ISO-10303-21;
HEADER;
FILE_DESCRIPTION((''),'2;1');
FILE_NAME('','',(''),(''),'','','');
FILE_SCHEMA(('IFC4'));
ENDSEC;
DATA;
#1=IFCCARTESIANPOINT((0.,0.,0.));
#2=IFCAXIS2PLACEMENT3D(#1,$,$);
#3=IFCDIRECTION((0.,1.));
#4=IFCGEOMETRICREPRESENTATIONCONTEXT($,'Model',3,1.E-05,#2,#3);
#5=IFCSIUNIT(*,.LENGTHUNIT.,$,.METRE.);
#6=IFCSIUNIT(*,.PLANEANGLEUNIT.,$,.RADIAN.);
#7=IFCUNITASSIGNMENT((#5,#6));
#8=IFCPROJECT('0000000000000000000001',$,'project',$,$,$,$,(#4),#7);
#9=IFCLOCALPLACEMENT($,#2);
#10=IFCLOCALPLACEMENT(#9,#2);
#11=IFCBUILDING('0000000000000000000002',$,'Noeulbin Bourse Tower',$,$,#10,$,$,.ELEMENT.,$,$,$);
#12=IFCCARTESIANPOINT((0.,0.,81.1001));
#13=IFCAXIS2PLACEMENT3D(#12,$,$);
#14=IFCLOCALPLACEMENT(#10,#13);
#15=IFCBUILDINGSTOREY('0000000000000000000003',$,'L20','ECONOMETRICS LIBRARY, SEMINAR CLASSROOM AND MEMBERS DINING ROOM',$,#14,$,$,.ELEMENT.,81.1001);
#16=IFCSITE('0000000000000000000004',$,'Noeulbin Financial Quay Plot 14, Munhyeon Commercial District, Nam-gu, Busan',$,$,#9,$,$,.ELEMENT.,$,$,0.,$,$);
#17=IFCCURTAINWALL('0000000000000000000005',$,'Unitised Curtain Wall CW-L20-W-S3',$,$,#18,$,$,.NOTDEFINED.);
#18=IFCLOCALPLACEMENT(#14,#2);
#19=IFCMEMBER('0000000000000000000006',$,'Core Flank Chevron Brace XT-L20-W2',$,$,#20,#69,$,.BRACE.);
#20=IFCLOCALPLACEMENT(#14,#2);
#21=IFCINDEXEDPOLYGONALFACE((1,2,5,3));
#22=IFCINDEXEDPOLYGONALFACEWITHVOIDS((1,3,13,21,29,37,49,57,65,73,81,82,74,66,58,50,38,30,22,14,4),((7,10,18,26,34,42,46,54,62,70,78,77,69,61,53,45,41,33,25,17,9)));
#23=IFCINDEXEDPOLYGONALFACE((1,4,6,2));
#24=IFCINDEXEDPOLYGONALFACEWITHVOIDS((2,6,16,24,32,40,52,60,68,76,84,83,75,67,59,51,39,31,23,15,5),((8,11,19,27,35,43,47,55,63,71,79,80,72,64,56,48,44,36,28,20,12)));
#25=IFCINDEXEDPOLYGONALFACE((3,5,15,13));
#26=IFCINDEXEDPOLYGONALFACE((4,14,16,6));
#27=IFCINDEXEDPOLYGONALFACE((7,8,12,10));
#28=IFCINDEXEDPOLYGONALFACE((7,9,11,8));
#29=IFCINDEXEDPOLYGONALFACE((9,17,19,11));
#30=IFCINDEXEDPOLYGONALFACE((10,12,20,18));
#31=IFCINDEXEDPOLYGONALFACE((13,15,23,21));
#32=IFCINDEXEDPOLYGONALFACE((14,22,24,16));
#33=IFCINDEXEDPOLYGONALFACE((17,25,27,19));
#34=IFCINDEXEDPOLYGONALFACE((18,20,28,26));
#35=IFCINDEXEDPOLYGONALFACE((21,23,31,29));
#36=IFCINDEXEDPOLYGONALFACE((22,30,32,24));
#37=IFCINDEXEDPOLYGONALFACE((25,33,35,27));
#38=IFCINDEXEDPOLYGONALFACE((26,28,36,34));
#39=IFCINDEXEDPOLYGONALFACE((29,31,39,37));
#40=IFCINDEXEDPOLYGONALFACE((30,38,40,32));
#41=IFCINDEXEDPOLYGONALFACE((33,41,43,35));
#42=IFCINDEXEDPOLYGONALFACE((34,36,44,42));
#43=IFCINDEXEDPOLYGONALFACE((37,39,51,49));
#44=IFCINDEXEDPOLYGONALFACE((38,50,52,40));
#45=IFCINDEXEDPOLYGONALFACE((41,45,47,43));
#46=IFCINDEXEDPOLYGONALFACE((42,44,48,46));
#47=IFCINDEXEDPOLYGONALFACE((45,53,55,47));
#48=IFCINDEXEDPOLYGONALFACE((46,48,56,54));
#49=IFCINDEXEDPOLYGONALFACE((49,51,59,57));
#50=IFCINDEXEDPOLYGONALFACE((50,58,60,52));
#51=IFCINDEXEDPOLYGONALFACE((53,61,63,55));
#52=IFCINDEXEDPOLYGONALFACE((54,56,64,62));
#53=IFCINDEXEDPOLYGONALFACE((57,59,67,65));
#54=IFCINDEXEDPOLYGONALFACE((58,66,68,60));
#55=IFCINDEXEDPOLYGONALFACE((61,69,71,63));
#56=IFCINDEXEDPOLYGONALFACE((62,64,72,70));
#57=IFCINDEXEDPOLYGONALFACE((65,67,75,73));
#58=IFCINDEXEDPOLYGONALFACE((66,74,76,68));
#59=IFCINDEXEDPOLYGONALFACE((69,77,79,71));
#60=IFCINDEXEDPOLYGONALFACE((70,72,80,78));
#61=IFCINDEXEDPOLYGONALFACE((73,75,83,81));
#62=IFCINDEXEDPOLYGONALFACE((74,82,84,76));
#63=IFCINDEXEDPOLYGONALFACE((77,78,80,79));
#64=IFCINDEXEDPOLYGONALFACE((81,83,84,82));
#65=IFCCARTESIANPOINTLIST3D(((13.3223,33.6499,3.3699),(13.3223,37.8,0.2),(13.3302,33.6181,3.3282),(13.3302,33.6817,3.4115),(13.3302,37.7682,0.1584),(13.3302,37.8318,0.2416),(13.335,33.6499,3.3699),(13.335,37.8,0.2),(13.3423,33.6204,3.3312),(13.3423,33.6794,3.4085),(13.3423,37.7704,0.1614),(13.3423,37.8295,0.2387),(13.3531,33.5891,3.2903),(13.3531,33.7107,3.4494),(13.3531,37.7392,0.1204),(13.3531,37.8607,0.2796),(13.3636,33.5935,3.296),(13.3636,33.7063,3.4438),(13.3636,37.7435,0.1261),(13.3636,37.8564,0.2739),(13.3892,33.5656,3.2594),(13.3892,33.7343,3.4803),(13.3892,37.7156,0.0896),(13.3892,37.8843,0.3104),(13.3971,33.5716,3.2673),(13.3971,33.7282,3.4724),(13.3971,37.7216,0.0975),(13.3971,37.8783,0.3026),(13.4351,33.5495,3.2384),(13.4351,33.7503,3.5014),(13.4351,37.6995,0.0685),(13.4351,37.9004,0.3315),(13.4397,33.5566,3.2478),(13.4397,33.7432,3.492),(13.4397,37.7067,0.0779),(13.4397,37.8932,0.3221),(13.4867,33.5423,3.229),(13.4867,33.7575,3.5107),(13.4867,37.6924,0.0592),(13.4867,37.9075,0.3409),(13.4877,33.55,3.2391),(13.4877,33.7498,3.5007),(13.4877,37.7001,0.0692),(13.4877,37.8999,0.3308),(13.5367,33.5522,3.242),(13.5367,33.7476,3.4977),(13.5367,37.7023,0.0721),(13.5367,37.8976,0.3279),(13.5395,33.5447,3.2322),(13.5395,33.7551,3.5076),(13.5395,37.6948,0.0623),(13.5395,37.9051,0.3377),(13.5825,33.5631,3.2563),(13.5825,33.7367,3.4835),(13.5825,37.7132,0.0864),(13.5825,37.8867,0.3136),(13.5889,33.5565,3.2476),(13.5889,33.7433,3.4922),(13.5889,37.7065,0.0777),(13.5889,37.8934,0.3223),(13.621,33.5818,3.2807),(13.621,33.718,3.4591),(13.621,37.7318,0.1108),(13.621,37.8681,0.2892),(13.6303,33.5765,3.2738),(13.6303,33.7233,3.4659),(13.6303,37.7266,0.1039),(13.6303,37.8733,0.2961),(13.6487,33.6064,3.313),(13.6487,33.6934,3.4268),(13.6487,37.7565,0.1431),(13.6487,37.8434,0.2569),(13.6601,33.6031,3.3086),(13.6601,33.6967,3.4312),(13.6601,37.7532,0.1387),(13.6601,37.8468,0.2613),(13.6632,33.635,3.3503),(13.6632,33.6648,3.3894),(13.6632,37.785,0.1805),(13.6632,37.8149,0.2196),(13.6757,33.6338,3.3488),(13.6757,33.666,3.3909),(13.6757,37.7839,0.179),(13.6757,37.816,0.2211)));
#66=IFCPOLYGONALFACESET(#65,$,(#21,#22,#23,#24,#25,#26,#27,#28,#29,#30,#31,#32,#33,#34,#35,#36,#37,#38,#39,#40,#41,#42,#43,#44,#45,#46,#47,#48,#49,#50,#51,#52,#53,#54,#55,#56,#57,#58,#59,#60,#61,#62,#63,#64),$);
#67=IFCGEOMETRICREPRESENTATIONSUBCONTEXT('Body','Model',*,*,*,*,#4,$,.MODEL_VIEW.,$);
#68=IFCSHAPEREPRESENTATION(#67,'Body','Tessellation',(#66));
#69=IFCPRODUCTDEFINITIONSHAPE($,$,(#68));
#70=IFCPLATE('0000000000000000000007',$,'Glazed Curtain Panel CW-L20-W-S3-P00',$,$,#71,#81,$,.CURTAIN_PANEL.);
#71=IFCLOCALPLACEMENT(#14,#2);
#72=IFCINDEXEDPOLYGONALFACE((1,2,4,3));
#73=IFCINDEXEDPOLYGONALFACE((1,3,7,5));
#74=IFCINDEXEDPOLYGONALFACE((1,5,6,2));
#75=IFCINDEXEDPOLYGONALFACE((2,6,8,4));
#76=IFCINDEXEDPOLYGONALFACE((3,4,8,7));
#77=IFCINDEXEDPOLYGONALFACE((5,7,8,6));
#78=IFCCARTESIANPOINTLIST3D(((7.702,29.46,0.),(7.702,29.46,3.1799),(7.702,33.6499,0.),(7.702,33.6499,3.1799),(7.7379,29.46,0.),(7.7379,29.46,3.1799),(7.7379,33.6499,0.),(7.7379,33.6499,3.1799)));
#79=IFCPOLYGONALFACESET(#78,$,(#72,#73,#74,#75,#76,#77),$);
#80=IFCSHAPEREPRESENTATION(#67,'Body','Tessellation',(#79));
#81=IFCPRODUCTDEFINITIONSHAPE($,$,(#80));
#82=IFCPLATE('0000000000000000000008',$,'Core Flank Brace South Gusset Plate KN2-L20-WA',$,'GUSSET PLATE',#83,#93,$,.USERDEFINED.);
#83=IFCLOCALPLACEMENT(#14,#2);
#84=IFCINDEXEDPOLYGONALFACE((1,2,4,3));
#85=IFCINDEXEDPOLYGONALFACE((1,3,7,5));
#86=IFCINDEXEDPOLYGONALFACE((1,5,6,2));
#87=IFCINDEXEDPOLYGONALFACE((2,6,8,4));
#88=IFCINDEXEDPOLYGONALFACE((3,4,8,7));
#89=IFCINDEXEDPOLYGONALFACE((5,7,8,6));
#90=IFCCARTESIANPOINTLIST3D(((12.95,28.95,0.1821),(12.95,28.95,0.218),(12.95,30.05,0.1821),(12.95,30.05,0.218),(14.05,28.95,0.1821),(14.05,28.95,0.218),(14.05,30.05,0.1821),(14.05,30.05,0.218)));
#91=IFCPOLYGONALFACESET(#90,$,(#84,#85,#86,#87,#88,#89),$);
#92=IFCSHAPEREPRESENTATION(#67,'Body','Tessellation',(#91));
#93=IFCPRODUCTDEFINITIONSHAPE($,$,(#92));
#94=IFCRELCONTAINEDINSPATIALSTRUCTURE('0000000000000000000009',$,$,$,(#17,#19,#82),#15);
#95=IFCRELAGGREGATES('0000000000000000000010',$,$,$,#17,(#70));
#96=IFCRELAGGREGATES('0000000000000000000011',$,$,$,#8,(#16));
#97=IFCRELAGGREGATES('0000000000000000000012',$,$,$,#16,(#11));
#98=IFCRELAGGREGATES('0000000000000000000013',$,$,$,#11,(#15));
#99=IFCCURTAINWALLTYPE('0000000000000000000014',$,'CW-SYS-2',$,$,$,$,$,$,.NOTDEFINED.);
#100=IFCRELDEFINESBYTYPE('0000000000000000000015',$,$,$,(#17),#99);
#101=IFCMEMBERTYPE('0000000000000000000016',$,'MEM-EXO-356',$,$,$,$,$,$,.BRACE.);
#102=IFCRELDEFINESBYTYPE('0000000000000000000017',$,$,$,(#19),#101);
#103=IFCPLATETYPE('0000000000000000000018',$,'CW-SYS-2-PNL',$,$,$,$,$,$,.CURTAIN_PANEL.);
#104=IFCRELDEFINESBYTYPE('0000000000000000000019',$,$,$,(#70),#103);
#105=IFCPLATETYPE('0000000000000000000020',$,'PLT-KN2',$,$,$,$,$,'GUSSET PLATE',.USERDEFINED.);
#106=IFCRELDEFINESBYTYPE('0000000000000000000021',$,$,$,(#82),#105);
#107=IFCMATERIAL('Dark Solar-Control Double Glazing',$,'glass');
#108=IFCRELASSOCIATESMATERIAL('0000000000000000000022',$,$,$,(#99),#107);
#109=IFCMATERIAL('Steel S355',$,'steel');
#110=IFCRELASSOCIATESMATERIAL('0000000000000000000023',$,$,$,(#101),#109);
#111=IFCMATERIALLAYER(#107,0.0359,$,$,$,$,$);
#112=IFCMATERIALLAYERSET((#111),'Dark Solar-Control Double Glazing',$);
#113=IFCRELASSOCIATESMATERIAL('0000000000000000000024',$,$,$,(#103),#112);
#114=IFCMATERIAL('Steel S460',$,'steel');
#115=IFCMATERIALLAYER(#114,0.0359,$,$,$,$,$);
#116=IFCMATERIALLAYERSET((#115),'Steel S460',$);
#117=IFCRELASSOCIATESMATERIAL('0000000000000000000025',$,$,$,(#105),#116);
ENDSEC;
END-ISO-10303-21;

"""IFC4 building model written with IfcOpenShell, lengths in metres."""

from ifc_helpers import new_model, si_unit, direction, frame, origin, origin_2d, place, context, subcontext, project, spatial, rectangle, hollow_circle, extrude, material, layer, layer_set, material_profile, profile_set, type_object, element, aggregate, save


model = new_model("IFC4")

# Units and contexts
model_context = context("Model", 3, precision=1e-05, world=origin(), true_north=direction((0.0, 1.0)))
body_context = subcontext(model_context, "Body", "Model", "MODEL_VIEW")
ifc_project = project(units=[si_unit("LENGTHUNIT", "METRE"), si_unit("PLANEANGLEUNIT", "RADIAN")], contexts=[model_context])

# Site, building, storey
site_placement = place(None, origin())
site = spatial("IfcSite", under=ifc_project, at=site_placement, Name="Noeulbin Financial Quay Plot 14, Munhyeon Commercial District, Nam-gu, Busan", CompositionType="ELEMENT", RefElevation=0.0)
building_placement = place(site_placement, origin())
building = spatial("IfcBuilding", under=site, at=building_placement, Name="Noeulbin Bourse Tower", CompositionType="ELEMENT")
storey_placement = place(building_placement, frame((0.0, 0.0, 81.1001)))
storey = spatial("IfcBuildingStorey", under=building, at=storey_placement, Name="L20", Description="ECONOMETRICS LIBRARY, SEMINAR CLASSROOM AND MEMBERS DINING ROOM", CompositionType="ELEMENT", Elevation=81.1001)

# Shared definitions
ifc_material_1 = material(Name="Steel S355", Category="steel")
ifc_material_2 = material(Name="Steel S460", Category="steel")

# Curtain wall
ifc_material_3 = material(Name="Dark Solar-Control Double Glazing", Category="glass")
curtain_wall_type = type_object("IfcCurtainWallType", Name="CW-SYS-2", PredefinedType="NOTDEFINED", material=ifc_material_3)
curtain_wall_placement = place(storey_placement, origin())
curtain_wall = element("IfcCurtainWall", 1, at=curtain_wall_placement, inside=storey, type_object=curtain_wall_type, Name="Unitised Curtain Wall CW-L20-W-S3", PredefinedType="NOTDEFINED")

# Member
ifc_material_profile_1 = material_profile(ifc_material_1, hollow_circle(Radius=0.1777, WallThickness=0.0127, at=origin_2d()), Name="CHS-355.6x12.7", Category="LoadBearing")
ifc_profile_set_1 = profile_set([ifc_material_profile_1], Name="Steel S355")
member_type_1 = type_object("IfcMemberType", Name="MEM-EXO-356", PredefinedType="BRACE", material=ifc_profile_set_1)
for number, where, z_axis, x_axis, name in (
    (2, (13.5, 33.6499, 3.3699), (0.0, 0.794701, -0.607001), (-1.0, 0.0, 0.0), "Core Flank Chevron Brace XT-L20-W2"),
):
    element("IfcMember", number, at=place(storey_placement, frame(where, z_axis=z_axis, x_axis=x_axis)), inside=storey, type_object=member_type_1, Name=name, PredefinedType="BRACE", context=body_context, shape_type="SweptSolid", body=[
        extrude(hollow_circle(Radius=0.1777, WallThickness=0.0127, at=origin_2d()), origin(), (0.0, 0.0, 1.0), 5.2222),
    ])

# Plates
ifc_layer_1 = layer(ifc_material_3, 0.0359)
ifc_layer_set_1 = layer_set([ifc_layer_1], Name="Dark Solar-Control Double Glazing")
plate_type_1 = type_object("IfcPlateType", Name="CW-SYS-2-PNL", PredefinedType="CURTAIN_PANEL", material=ifc_layer_set_1)
plate_1_placement = place(storey_placement, frame((7.72, 31.5549, 0.0), z_axis=(0.0, 0.0, 1.0), x_axis=(0.0, 1.0, 0.0)))
plate_1 = element("IfcPlate", 3, at=plate_1_placement, type_object=plate_type_1, Name="Glazed Curtain Panel CW-L20-W-S3-P00", PredefinedType="CURTAIN_PANEL", context=body_context, shape_type="SweptSolid", body=[
    extrude(rectangle(XDim=4.1899, YDim=0.0359, at=origin_2d()), origin(), (0.0, 0.0, 1.0), 3.1799),
])
aggregate(curtain_wall, [plate_1])
ifc_layer_2 = layer(ifc_material_2, 0.0359)
ifc_layer_set_2 = layer_set([ifc_layer_2], Name="Steel S460")
plate_type_2 = type_object("IfcPlateType", Name="PLT-KN2", ElementType="GUSSET PLATE", PredefinedType="USERDEFINED", material=ifc_layer_set_2)
plate_2_placement = place(storey_placement, frame((13.5, 29.5, 0.1821), z_axis=(0.0, 0.0, 1.0), x_axis=(1.0, 0.0, 0.0)))
element("IfcPlate", 4, at=plate_2_placement, inside=storey, type_object=plate_type_2, Name="Core Flank Brace South Gusset Plate KN2-L20-WA", ObjectType="GUSSET PLATE", PredefinedType="USERDEFINED", context=body_context, shape_type="SweptSolid", body=[
    extrude(rectangle(XDim=1.1001, YDim=1.1001, at=origin_2d()), origin(), (0.0, 0.0, 1.0), 0.0359),
])

save(model, "model.ifc")
